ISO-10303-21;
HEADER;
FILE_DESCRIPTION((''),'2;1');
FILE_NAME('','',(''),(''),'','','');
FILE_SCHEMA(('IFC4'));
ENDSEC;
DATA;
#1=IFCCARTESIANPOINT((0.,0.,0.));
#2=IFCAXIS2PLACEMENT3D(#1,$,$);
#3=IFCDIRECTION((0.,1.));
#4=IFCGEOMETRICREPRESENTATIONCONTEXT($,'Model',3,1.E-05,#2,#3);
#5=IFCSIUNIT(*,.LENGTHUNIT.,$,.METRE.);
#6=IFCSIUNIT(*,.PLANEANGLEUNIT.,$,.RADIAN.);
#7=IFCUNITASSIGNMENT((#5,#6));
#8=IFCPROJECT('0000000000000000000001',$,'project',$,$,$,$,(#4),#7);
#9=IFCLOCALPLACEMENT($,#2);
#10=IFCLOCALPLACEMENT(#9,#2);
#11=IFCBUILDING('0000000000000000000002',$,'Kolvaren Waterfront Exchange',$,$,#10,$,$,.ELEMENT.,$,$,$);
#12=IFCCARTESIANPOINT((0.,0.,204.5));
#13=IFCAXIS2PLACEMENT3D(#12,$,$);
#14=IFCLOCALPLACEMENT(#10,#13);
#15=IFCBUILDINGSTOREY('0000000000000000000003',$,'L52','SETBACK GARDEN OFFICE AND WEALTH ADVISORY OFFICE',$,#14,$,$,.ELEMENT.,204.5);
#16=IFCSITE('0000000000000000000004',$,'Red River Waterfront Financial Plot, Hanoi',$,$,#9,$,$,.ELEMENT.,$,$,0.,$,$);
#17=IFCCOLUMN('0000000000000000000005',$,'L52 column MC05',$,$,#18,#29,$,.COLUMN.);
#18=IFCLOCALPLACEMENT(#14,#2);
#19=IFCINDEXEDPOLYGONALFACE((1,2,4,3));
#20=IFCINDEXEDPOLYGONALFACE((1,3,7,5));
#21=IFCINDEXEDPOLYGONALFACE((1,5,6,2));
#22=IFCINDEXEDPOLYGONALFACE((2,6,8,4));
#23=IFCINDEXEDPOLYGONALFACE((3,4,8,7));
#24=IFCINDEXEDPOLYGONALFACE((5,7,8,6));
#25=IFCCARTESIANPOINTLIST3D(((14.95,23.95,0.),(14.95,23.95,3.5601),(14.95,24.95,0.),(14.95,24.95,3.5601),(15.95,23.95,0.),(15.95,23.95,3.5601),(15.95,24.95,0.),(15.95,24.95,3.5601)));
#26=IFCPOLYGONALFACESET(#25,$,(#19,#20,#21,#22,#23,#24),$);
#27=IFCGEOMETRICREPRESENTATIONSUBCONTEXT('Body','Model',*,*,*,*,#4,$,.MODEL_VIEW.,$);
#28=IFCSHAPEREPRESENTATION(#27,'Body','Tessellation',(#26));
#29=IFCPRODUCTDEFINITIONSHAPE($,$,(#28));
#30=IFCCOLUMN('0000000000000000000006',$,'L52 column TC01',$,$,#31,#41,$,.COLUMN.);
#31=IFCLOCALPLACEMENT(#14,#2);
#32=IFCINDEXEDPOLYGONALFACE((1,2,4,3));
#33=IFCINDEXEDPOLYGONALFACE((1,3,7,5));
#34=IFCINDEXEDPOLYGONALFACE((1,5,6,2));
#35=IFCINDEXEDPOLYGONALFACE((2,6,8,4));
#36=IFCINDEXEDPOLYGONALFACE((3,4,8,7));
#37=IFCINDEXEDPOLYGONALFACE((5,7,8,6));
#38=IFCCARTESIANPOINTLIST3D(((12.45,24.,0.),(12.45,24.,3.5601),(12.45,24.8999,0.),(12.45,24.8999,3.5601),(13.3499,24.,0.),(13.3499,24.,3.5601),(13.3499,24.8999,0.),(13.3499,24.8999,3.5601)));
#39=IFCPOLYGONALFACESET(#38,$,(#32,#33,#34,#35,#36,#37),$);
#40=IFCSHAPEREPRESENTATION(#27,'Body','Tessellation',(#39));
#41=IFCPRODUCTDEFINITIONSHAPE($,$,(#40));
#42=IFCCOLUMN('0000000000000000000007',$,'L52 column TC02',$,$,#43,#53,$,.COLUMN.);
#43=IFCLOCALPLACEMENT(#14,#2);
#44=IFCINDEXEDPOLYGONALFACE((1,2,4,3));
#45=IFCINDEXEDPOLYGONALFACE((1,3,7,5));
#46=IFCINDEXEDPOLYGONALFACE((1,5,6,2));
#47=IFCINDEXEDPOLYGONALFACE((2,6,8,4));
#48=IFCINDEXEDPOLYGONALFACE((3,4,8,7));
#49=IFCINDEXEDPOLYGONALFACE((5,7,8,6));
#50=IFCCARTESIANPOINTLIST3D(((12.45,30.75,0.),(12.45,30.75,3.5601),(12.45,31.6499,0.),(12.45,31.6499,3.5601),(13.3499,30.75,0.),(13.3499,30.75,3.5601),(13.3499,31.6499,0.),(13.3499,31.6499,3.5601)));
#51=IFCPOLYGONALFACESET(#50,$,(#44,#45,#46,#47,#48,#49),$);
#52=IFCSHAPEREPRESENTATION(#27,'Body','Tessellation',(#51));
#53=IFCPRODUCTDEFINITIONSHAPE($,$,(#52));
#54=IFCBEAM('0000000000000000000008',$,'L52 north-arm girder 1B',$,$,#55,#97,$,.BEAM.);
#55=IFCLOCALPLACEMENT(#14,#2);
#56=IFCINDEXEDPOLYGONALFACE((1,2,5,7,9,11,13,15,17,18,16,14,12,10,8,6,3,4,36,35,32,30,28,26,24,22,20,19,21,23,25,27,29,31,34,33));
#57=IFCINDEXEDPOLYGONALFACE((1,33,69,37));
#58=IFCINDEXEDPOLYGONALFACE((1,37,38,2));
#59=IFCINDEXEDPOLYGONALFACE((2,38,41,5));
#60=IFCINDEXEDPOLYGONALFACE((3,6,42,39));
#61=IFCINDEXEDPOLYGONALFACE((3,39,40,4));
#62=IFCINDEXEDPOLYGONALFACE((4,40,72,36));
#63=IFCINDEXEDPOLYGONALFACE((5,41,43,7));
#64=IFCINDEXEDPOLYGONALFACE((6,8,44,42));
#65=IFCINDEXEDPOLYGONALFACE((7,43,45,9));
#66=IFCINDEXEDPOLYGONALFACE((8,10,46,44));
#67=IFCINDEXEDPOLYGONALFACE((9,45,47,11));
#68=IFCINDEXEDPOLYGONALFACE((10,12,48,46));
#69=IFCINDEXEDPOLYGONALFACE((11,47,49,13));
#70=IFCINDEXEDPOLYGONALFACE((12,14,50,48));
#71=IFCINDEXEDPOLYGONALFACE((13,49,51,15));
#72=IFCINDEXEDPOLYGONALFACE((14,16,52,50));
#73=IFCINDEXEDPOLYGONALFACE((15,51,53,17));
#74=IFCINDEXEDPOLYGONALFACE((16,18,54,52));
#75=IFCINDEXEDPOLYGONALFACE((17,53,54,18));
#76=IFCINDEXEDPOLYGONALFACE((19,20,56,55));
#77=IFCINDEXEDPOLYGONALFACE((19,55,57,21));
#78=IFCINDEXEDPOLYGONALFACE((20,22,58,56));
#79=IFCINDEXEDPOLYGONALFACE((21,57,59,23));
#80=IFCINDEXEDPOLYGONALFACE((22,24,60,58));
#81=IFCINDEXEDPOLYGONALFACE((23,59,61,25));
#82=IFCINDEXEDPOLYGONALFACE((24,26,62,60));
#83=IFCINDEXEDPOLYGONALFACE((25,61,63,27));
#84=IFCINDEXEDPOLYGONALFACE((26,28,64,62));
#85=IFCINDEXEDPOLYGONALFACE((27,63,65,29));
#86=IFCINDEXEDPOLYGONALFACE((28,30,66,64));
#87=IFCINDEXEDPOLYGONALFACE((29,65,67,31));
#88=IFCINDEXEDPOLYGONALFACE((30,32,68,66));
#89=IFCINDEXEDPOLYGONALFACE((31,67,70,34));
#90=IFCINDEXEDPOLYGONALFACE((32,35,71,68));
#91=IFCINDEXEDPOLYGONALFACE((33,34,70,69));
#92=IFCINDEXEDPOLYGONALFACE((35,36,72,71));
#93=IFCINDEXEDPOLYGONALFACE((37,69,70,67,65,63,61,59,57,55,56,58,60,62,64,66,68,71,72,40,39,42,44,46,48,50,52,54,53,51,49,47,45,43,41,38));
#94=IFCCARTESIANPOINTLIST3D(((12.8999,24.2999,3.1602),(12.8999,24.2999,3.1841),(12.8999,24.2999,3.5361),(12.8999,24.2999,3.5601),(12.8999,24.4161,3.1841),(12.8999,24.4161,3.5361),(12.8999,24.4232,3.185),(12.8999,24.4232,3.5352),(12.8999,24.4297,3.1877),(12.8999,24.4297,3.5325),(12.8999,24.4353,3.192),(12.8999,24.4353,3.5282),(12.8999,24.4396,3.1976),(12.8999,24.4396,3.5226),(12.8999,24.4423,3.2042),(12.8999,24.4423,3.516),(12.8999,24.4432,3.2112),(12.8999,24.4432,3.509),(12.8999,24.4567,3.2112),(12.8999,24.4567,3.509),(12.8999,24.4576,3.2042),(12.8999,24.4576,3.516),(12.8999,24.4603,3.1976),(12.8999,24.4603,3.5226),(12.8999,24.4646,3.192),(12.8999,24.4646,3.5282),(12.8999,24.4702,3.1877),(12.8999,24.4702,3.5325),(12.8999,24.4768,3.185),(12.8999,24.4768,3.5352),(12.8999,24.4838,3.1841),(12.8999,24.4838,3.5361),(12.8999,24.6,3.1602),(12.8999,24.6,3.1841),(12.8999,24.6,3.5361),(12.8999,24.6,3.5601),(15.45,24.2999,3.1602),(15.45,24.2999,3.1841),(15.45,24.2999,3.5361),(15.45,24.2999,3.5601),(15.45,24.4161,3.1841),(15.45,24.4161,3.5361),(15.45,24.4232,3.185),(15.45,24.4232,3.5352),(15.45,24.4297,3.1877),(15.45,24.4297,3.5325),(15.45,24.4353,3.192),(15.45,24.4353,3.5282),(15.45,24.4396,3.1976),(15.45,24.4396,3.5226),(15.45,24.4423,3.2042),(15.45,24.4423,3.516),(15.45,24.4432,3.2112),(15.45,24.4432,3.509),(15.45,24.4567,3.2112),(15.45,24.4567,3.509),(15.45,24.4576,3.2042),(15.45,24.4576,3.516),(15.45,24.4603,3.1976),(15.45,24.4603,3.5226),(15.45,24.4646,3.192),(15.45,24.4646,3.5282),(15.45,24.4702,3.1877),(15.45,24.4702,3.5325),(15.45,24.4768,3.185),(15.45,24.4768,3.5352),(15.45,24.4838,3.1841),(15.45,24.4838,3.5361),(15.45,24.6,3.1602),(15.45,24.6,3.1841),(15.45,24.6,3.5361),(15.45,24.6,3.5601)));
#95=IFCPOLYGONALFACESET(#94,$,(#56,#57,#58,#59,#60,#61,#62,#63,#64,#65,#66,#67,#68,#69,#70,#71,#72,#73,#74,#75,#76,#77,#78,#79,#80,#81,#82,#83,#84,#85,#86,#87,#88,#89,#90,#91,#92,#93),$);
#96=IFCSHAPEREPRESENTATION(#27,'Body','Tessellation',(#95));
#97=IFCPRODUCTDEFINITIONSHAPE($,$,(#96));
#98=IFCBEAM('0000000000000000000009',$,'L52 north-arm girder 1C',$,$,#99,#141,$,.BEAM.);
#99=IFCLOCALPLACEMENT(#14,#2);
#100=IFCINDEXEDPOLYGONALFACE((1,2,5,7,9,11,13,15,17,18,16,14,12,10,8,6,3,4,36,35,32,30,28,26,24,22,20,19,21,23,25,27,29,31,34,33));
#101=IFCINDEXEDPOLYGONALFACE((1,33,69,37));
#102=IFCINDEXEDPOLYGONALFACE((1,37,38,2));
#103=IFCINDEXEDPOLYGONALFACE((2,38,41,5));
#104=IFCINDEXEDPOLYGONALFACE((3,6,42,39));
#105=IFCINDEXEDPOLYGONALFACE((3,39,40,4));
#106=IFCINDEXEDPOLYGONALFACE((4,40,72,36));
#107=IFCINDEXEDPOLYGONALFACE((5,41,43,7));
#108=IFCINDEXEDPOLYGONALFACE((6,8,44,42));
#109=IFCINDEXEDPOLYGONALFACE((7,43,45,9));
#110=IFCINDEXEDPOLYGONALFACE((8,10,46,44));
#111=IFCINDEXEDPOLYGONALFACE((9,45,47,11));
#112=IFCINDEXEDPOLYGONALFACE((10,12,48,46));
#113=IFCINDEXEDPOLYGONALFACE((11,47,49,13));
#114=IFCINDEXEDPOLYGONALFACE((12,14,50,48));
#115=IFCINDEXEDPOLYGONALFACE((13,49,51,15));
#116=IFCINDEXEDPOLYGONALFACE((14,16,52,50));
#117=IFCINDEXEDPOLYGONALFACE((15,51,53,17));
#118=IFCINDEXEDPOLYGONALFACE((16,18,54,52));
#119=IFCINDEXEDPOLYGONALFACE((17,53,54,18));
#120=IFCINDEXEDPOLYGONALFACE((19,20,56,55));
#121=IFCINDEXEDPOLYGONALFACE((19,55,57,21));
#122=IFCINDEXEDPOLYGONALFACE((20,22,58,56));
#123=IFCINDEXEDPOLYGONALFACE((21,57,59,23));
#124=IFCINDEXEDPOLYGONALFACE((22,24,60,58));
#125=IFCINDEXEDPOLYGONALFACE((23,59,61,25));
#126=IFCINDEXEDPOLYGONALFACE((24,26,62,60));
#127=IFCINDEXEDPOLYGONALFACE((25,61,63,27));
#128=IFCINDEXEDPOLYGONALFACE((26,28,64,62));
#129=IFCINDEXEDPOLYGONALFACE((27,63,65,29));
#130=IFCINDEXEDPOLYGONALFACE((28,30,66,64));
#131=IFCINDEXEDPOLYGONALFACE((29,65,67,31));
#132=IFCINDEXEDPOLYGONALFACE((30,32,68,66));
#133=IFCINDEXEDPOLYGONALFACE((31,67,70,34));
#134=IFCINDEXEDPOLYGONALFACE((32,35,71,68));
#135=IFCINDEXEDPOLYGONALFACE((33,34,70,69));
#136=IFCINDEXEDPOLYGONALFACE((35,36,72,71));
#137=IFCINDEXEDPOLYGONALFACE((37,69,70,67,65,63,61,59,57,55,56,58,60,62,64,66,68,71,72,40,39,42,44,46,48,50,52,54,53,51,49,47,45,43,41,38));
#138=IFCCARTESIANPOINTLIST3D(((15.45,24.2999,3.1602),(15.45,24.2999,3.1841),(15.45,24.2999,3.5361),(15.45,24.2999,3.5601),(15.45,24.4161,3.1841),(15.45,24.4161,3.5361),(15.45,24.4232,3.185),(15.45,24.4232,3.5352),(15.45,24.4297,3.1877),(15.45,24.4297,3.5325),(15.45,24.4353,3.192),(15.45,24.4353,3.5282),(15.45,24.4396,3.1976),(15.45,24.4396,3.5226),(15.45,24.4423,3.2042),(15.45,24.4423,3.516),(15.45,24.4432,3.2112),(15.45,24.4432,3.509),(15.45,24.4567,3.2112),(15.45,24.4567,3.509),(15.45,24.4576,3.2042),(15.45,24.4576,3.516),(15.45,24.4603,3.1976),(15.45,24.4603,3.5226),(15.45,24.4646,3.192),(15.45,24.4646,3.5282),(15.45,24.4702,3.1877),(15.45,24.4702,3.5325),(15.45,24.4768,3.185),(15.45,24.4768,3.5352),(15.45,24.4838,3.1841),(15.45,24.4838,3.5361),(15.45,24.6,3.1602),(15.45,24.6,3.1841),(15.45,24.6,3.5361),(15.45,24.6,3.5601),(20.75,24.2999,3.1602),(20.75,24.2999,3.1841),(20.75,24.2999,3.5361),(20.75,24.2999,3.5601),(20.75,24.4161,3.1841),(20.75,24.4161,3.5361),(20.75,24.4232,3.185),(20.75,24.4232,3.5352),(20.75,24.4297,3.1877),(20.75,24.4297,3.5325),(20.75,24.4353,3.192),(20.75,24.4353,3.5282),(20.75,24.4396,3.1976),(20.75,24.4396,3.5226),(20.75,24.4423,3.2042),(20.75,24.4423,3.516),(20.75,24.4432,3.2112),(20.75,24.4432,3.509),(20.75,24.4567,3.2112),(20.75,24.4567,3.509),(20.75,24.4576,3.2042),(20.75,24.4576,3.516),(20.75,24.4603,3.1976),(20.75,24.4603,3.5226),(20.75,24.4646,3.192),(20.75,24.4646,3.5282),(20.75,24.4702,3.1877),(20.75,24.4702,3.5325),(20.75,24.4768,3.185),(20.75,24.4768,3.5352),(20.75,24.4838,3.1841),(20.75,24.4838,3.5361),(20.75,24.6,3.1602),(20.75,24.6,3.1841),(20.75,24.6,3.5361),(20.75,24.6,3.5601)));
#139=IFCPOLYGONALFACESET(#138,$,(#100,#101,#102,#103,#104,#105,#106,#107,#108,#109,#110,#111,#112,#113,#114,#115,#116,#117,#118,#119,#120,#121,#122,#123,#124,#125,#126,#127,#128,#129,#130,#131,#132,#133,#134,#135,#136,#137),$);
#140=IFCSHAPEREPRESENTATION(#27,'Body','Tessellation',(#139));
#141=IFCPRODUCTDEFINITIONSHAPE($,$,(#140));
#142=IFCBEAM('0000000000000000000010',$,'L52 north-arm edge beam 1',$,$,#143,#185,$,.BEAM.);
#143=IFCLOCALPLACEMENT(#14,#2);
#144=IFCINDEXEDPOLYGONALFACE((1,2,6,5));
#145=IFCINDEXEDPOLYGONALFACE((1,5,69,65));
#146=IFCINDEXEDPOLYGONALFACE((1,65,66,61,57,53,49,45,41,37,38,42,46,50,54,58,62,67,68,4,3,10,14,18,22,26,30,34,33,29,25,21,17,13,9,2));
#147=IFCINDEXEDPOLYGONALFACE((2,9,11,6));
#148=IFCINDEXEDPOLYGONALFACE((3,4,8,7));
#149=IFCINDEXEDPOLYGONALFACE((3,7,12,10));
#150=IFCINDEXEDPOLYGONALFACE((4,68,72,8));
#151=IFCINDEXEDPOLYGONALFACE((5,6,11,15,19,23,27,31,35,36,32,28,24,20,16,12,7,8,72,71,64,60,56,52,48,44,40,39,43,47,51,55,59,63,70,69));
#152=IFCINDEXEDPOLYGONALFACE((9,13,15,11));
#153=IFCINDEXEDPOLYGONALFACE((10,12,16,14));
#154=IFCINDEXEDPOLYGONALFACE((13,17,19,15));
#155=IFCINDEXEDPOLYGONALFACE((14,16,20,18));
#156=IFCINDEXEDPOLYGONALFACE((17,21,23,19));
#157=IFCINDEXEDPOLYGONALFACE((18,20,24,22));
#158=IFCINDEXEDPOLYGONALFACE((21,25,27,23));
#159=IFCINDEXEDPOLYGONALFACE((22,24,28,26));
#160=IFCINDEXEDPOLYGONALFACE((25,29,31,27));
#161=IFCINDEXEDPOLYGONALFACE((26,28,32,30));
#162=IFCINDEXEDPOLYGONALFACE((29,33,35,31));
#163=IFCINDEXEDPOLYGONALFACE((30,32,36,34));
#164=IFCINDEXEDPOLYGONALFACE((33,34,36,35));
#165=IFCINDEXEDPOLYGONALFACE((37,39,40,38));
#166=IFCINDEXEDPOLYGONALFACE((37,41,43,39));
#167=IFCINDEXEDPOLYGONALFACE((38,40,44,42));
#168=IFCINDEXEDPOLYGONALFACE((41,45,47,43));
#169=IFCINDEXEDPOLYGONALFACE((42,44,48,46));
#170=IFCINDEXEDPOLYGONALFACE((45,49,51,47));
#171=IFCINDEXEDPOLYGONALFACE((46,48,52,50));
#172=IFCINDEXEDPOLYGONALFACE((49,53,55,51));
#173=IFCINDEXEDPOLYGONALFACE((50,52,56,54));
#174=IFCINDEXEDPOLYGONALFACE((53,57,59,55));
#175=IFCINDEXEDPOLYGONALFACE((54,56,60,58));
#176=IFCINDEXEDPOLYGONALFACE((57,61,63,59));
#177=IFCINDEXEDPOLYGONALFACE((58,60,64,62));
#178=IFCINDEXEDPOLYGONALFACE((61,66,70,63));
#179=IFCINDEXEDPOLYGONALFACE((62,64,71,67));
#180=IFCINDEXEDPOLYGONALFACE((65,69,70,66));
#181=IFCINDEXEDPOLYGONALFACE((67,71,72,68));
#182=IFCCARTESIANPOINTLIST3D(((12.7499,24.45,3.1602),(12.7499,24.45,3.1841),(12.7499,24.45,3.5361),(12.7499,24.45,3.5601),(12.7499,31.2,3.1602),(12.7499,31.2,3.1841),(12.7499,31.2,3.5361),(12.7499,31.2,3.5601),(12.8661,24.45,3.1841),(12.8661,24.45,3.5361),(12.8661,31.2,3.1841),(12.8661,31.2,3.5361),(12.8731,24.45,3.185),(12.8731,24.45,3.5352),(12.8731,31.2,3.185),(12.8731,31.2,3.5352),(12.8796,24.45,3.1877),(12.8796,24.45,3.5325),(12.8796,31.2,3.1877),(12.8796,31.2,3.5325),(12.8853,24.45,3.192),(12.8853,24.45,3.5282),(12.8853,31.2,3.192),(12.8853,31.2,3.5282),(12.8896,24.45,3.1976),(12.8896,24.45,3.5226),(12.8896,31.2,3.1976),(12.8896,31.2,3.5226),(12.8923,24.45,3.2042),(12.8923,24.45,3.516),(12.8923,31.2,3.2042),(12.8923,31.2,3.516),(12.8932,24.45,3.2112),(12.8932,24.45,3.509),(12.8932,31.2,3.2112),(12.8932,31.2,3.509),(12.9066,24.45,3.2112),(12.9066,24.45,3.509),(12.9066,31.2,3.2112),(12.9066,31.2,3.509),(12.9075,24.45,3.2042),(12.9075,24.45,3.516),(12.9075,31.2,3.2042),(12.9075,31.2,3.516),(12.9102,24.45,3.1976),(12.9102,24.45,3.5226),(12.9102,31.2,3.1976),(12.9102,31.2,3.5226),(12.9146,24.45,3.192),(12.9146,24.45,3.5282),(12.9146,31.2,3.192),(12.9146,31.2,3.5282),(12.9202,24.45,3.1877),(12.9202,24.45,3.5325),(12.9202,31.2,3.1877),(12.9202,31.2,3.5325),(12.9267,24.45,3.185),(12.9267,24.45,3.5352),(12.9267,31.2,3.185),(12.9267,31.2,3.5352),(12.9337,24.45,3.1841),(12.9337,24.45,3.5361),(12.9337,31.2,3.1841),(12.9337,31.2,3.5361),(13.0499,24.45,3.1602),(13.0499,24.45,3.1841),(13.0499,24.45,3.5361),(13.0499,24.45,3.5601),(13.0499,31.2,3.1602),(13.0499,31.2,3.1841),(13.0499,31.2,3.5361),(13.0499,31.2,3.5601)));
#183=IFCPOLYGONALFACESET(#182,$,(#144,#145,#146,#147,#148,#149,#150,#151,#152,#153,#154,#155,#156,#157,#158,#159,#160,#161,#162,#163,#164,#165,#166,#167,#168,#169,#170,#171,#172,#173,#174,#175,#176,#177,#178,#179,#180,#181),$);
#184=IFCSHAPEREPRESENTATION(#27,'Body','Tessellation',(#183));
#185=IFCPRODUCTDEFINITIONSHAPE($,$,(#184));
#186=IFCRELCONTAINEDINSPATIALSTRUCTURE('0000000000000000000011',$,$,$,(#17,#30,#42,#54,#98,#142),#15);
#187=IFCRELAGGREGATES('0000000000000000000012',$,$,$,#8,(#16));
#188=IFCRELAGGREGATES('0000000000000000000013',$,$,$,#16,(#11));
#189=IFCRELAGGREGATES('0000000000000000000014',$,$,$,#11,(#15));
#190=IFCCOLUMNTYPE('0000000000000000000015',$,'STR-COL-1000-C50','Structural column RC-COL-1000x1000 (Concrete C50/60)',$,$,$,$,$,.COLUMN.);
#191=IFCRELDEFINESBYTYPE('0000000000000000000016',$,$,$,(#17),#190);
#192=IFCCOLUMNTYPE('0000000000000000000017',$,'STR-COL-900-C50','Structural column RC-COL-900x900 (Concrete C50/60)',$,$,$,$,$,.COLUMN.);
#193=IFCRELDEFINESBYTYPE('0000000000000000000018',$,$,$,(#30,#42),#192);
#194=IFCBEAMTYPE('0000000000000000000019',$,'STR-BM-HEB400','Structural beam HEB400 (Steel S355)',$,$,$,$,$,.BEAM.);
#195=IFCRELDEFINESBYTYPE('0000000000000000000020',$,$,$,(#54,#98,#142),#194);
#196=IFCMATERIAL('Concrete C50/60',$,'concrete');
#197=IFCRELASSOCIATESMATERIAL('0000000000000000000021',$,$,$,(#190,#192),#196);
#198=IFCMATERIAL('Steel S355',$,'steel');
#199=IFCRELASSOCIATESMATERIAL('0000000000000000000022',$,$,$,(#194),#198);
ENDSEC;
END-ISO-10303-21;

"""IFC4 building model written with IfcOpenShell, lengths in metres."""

from ifc_helpers import new_model, si_unit, direction, frame, origin, origin_2d, place, context, subcontext, project, spatial, rectangle, i_section, extrude, material, material_profile, profile_set, type_object, element, save


model = new_model("IFC4")

# Units and contexts
model_context = context("Model", 3, precision=1e-05, world=origin(), true_north=direction((0.0, 1.0)))
body_context = subcontext(model_context, "Body", "Model", "MODEL_VIEW")
ifc_project = project(units=[si_unit("LENGTHUNIT", "METRE"), si_unit("PLANEANGLEUNIT", "RADIAN")], contexts=[model_context])

# Site, building, storey
site_placement = place(None, origin())
site = spatial("IfcSite", under=ifc_project, at=site_placement, Name="Red River Waterfront Financial Plot, Hanoi", CompositionType="ELEMENT", RefElevation=0.0)
building_placement = place(site_placement, origin())
building = spatial("IfcBuilding", under=site, at=building_placement, Name="Kolvaren Waterfront Exchange", CompositionType="ELEMENT")
storey_placement = place(building_placement, frame((0.0, 0.0, 204.5)))
storey = spatial("IfcBuildingStorey", under=building, at=storey_placement, Name="L52", Description="SETBACK GARDEN OFFICE AND WEALTH ADVISORY OFFICE", CompositionType="ELEMENT", Elevation=204.5)

# Columns
ifc_material_1 = material(Name="Concrete C50/60", Category="concrete")
ifc_material_profile_1 = material_profile(ifc_material_1, rectangle(XDim=1.0, YDim=1.0, at=origin_2d()), Name="RC-COL-1000x1000")
ifc_profile_set_1 = profile_set([ifc_material_profile_1], Name="Concrete C50/60")
column_type_1 = type_object("IfcColumnType", Name="STR-COL-1000-C50", Description="Structural column RC-COL-1000x1000 (Concrete C50/60)", PredefinedType="COLUMN", material=ifc_profile_set_1)
column_placement = place(storey_placement, frame((15.45, 24.45, 0.0), z_axis=(0.0, 0.0, 1.0), x_axis=(1.0, 0.0, 0.0)))
element("IfcColumn", 1, at=column_placement, inside=storey, type_object=column_type_1, Name="L52 column MC05", PredefinedType="COLUMN", context=body_context, shape_type="SweptSolid", body=[
    extrude(rectangle(XDim=1.0, YDim=1.0, at=origin_2d()), origin(), (0.0, 0.0, 1.0), 3.5601),
])
ifc_material_profile_2 = material_profile(ifc_material_1, rectangle(XDim=0.8999, YDim=0.8999, at=origin_2d()), Name="RC-COL-900x900")
ifc_profile_set_2 = profile_set([ifc_material_profile_2], Name="Concrete C50/60")
column_type_2 = type_object("IfcColumnType", Name="STR-COL-900-C50", Description="Structural column RC-COL-900x900 (Concrete C50/60)", PredefinedType="COLUMN", material=ifc_profile_set_2)
for number, where, z_axis, x_axis, name in (
    (2, (12.8999, 24.45, 0.0), (0.0, 0.0, 1.0), (1.0, 0.0, 0.0), "L52 column TC01"),
    (3, (12.8999, 31.2, 0.0), (0.0, 0.0, 1.0), (1.0, 0.0, 0.0), "L52 column TC02"),
):
    element("IfcColumn", number, at=place(storey_placement, frame(where, z_axis=z_axis, x_axis=x_axis)), inside=storey, type_object=column_type_2, Name=name, PredefinedType="COLUMN", context=body_context, shape_type="SweptSolid", body=[
        extrude(rectangle(XDim=0.8999, YDim=0.8999, at=origin_2d()), origin(), (0.0, 0.0, 1.0), 3.5601),
    ])

# Beams
ifc_material_2 = material(Name="Steel S355", Category="steel")
ifc_material_profile_3 = material_profile(ifc_material_2, i_section(OverallWidth=0.3, OverallDepth=0.3999, WebThickness=0.0134, FlangeThickness=0.0239, FilletRadius=0.0271, at=origin_2d()), Name="HEB400")
ifc_profile_set_3 = profile_set([ifc_material_profile_3], Name="Steel S355")
beam_type_1 = type_object("IfcBeamType", Name="STR-BM-HEB400", Description="Structural beam HEB400 (Steel S355)", PredefinedType="BEAM", material=ifc_profile_set_3)
beam_1_placement = place(storey_placement, frame((12.8999, 24.45, 3.3601), z_axis=(1.0, 0.0, 0.0), x_axis=(0.0, 1.0, 0.0)))
element("IfcBeam", 4, at=beam_1_placement, inside=storey, type_object=beam_type_1, Name="L52 north-arm girder 1B", PredefinedType="BEAM", context=body_context, shape_type="SweptSolid", body=[
    extrude(i_section(OverallWidth=0.3, OverallDepth=0.3999, WebThickness=0.0134, FlangeThickness=0.0239, FilletRadius=0.0271, at=origin_2d()), origin(), (0.0, 0.0, 1.0), 2.55),
])
beam_2_placement = place(storey_placement, frame((15.45, 24.45, 3.3601), z_axis=(1.0, 0.0, 0.0), x_axis=(0.0, 1.0, 0.0)))
element("IfcBeam", 5, at=beam_2_placement, inside=storey, type_object=beam_type_1, Name="L52 north-arm girder 1C", PredefinedType="BEAM", context=body_context, shape_type="SweptSolid", body=[
    extrude(i_section(OverallWidth=0.3, OverallDepth=0.3999, WebThickness=0.0134, FlangeThickness=0.0239, FilletRadius=0.0271, at=origin_2d()), origin(), (0.0, 0.0, 1.0), 5.3),
])
beam_3_placement = place(storey_placement, frame((12.8999, 24.45, 3.3601), z_axis=(0.0, 1.0, 0.0), x_axis=(-1.0, 0.0, 0.0)))
element("IfcBeam", 6, at=beam_3_placement, inside=storey, type_object=beam_type_1, Name="L52 north-arm edge beam 1", PredefinedType="BEAM", context=body_context, shape_type="SweptSolid", body=[
    extrude(i_section(OverallWidth=0.3, OverallDepth=0.3999, WebThickness=0.0134, FlangeThickness=0.0239, FilletRadius=0.0271, at=origin_2d()), origin(), (0.0, 0.0, 1.0), 6.75),
])

save(model, "model.ifc")
